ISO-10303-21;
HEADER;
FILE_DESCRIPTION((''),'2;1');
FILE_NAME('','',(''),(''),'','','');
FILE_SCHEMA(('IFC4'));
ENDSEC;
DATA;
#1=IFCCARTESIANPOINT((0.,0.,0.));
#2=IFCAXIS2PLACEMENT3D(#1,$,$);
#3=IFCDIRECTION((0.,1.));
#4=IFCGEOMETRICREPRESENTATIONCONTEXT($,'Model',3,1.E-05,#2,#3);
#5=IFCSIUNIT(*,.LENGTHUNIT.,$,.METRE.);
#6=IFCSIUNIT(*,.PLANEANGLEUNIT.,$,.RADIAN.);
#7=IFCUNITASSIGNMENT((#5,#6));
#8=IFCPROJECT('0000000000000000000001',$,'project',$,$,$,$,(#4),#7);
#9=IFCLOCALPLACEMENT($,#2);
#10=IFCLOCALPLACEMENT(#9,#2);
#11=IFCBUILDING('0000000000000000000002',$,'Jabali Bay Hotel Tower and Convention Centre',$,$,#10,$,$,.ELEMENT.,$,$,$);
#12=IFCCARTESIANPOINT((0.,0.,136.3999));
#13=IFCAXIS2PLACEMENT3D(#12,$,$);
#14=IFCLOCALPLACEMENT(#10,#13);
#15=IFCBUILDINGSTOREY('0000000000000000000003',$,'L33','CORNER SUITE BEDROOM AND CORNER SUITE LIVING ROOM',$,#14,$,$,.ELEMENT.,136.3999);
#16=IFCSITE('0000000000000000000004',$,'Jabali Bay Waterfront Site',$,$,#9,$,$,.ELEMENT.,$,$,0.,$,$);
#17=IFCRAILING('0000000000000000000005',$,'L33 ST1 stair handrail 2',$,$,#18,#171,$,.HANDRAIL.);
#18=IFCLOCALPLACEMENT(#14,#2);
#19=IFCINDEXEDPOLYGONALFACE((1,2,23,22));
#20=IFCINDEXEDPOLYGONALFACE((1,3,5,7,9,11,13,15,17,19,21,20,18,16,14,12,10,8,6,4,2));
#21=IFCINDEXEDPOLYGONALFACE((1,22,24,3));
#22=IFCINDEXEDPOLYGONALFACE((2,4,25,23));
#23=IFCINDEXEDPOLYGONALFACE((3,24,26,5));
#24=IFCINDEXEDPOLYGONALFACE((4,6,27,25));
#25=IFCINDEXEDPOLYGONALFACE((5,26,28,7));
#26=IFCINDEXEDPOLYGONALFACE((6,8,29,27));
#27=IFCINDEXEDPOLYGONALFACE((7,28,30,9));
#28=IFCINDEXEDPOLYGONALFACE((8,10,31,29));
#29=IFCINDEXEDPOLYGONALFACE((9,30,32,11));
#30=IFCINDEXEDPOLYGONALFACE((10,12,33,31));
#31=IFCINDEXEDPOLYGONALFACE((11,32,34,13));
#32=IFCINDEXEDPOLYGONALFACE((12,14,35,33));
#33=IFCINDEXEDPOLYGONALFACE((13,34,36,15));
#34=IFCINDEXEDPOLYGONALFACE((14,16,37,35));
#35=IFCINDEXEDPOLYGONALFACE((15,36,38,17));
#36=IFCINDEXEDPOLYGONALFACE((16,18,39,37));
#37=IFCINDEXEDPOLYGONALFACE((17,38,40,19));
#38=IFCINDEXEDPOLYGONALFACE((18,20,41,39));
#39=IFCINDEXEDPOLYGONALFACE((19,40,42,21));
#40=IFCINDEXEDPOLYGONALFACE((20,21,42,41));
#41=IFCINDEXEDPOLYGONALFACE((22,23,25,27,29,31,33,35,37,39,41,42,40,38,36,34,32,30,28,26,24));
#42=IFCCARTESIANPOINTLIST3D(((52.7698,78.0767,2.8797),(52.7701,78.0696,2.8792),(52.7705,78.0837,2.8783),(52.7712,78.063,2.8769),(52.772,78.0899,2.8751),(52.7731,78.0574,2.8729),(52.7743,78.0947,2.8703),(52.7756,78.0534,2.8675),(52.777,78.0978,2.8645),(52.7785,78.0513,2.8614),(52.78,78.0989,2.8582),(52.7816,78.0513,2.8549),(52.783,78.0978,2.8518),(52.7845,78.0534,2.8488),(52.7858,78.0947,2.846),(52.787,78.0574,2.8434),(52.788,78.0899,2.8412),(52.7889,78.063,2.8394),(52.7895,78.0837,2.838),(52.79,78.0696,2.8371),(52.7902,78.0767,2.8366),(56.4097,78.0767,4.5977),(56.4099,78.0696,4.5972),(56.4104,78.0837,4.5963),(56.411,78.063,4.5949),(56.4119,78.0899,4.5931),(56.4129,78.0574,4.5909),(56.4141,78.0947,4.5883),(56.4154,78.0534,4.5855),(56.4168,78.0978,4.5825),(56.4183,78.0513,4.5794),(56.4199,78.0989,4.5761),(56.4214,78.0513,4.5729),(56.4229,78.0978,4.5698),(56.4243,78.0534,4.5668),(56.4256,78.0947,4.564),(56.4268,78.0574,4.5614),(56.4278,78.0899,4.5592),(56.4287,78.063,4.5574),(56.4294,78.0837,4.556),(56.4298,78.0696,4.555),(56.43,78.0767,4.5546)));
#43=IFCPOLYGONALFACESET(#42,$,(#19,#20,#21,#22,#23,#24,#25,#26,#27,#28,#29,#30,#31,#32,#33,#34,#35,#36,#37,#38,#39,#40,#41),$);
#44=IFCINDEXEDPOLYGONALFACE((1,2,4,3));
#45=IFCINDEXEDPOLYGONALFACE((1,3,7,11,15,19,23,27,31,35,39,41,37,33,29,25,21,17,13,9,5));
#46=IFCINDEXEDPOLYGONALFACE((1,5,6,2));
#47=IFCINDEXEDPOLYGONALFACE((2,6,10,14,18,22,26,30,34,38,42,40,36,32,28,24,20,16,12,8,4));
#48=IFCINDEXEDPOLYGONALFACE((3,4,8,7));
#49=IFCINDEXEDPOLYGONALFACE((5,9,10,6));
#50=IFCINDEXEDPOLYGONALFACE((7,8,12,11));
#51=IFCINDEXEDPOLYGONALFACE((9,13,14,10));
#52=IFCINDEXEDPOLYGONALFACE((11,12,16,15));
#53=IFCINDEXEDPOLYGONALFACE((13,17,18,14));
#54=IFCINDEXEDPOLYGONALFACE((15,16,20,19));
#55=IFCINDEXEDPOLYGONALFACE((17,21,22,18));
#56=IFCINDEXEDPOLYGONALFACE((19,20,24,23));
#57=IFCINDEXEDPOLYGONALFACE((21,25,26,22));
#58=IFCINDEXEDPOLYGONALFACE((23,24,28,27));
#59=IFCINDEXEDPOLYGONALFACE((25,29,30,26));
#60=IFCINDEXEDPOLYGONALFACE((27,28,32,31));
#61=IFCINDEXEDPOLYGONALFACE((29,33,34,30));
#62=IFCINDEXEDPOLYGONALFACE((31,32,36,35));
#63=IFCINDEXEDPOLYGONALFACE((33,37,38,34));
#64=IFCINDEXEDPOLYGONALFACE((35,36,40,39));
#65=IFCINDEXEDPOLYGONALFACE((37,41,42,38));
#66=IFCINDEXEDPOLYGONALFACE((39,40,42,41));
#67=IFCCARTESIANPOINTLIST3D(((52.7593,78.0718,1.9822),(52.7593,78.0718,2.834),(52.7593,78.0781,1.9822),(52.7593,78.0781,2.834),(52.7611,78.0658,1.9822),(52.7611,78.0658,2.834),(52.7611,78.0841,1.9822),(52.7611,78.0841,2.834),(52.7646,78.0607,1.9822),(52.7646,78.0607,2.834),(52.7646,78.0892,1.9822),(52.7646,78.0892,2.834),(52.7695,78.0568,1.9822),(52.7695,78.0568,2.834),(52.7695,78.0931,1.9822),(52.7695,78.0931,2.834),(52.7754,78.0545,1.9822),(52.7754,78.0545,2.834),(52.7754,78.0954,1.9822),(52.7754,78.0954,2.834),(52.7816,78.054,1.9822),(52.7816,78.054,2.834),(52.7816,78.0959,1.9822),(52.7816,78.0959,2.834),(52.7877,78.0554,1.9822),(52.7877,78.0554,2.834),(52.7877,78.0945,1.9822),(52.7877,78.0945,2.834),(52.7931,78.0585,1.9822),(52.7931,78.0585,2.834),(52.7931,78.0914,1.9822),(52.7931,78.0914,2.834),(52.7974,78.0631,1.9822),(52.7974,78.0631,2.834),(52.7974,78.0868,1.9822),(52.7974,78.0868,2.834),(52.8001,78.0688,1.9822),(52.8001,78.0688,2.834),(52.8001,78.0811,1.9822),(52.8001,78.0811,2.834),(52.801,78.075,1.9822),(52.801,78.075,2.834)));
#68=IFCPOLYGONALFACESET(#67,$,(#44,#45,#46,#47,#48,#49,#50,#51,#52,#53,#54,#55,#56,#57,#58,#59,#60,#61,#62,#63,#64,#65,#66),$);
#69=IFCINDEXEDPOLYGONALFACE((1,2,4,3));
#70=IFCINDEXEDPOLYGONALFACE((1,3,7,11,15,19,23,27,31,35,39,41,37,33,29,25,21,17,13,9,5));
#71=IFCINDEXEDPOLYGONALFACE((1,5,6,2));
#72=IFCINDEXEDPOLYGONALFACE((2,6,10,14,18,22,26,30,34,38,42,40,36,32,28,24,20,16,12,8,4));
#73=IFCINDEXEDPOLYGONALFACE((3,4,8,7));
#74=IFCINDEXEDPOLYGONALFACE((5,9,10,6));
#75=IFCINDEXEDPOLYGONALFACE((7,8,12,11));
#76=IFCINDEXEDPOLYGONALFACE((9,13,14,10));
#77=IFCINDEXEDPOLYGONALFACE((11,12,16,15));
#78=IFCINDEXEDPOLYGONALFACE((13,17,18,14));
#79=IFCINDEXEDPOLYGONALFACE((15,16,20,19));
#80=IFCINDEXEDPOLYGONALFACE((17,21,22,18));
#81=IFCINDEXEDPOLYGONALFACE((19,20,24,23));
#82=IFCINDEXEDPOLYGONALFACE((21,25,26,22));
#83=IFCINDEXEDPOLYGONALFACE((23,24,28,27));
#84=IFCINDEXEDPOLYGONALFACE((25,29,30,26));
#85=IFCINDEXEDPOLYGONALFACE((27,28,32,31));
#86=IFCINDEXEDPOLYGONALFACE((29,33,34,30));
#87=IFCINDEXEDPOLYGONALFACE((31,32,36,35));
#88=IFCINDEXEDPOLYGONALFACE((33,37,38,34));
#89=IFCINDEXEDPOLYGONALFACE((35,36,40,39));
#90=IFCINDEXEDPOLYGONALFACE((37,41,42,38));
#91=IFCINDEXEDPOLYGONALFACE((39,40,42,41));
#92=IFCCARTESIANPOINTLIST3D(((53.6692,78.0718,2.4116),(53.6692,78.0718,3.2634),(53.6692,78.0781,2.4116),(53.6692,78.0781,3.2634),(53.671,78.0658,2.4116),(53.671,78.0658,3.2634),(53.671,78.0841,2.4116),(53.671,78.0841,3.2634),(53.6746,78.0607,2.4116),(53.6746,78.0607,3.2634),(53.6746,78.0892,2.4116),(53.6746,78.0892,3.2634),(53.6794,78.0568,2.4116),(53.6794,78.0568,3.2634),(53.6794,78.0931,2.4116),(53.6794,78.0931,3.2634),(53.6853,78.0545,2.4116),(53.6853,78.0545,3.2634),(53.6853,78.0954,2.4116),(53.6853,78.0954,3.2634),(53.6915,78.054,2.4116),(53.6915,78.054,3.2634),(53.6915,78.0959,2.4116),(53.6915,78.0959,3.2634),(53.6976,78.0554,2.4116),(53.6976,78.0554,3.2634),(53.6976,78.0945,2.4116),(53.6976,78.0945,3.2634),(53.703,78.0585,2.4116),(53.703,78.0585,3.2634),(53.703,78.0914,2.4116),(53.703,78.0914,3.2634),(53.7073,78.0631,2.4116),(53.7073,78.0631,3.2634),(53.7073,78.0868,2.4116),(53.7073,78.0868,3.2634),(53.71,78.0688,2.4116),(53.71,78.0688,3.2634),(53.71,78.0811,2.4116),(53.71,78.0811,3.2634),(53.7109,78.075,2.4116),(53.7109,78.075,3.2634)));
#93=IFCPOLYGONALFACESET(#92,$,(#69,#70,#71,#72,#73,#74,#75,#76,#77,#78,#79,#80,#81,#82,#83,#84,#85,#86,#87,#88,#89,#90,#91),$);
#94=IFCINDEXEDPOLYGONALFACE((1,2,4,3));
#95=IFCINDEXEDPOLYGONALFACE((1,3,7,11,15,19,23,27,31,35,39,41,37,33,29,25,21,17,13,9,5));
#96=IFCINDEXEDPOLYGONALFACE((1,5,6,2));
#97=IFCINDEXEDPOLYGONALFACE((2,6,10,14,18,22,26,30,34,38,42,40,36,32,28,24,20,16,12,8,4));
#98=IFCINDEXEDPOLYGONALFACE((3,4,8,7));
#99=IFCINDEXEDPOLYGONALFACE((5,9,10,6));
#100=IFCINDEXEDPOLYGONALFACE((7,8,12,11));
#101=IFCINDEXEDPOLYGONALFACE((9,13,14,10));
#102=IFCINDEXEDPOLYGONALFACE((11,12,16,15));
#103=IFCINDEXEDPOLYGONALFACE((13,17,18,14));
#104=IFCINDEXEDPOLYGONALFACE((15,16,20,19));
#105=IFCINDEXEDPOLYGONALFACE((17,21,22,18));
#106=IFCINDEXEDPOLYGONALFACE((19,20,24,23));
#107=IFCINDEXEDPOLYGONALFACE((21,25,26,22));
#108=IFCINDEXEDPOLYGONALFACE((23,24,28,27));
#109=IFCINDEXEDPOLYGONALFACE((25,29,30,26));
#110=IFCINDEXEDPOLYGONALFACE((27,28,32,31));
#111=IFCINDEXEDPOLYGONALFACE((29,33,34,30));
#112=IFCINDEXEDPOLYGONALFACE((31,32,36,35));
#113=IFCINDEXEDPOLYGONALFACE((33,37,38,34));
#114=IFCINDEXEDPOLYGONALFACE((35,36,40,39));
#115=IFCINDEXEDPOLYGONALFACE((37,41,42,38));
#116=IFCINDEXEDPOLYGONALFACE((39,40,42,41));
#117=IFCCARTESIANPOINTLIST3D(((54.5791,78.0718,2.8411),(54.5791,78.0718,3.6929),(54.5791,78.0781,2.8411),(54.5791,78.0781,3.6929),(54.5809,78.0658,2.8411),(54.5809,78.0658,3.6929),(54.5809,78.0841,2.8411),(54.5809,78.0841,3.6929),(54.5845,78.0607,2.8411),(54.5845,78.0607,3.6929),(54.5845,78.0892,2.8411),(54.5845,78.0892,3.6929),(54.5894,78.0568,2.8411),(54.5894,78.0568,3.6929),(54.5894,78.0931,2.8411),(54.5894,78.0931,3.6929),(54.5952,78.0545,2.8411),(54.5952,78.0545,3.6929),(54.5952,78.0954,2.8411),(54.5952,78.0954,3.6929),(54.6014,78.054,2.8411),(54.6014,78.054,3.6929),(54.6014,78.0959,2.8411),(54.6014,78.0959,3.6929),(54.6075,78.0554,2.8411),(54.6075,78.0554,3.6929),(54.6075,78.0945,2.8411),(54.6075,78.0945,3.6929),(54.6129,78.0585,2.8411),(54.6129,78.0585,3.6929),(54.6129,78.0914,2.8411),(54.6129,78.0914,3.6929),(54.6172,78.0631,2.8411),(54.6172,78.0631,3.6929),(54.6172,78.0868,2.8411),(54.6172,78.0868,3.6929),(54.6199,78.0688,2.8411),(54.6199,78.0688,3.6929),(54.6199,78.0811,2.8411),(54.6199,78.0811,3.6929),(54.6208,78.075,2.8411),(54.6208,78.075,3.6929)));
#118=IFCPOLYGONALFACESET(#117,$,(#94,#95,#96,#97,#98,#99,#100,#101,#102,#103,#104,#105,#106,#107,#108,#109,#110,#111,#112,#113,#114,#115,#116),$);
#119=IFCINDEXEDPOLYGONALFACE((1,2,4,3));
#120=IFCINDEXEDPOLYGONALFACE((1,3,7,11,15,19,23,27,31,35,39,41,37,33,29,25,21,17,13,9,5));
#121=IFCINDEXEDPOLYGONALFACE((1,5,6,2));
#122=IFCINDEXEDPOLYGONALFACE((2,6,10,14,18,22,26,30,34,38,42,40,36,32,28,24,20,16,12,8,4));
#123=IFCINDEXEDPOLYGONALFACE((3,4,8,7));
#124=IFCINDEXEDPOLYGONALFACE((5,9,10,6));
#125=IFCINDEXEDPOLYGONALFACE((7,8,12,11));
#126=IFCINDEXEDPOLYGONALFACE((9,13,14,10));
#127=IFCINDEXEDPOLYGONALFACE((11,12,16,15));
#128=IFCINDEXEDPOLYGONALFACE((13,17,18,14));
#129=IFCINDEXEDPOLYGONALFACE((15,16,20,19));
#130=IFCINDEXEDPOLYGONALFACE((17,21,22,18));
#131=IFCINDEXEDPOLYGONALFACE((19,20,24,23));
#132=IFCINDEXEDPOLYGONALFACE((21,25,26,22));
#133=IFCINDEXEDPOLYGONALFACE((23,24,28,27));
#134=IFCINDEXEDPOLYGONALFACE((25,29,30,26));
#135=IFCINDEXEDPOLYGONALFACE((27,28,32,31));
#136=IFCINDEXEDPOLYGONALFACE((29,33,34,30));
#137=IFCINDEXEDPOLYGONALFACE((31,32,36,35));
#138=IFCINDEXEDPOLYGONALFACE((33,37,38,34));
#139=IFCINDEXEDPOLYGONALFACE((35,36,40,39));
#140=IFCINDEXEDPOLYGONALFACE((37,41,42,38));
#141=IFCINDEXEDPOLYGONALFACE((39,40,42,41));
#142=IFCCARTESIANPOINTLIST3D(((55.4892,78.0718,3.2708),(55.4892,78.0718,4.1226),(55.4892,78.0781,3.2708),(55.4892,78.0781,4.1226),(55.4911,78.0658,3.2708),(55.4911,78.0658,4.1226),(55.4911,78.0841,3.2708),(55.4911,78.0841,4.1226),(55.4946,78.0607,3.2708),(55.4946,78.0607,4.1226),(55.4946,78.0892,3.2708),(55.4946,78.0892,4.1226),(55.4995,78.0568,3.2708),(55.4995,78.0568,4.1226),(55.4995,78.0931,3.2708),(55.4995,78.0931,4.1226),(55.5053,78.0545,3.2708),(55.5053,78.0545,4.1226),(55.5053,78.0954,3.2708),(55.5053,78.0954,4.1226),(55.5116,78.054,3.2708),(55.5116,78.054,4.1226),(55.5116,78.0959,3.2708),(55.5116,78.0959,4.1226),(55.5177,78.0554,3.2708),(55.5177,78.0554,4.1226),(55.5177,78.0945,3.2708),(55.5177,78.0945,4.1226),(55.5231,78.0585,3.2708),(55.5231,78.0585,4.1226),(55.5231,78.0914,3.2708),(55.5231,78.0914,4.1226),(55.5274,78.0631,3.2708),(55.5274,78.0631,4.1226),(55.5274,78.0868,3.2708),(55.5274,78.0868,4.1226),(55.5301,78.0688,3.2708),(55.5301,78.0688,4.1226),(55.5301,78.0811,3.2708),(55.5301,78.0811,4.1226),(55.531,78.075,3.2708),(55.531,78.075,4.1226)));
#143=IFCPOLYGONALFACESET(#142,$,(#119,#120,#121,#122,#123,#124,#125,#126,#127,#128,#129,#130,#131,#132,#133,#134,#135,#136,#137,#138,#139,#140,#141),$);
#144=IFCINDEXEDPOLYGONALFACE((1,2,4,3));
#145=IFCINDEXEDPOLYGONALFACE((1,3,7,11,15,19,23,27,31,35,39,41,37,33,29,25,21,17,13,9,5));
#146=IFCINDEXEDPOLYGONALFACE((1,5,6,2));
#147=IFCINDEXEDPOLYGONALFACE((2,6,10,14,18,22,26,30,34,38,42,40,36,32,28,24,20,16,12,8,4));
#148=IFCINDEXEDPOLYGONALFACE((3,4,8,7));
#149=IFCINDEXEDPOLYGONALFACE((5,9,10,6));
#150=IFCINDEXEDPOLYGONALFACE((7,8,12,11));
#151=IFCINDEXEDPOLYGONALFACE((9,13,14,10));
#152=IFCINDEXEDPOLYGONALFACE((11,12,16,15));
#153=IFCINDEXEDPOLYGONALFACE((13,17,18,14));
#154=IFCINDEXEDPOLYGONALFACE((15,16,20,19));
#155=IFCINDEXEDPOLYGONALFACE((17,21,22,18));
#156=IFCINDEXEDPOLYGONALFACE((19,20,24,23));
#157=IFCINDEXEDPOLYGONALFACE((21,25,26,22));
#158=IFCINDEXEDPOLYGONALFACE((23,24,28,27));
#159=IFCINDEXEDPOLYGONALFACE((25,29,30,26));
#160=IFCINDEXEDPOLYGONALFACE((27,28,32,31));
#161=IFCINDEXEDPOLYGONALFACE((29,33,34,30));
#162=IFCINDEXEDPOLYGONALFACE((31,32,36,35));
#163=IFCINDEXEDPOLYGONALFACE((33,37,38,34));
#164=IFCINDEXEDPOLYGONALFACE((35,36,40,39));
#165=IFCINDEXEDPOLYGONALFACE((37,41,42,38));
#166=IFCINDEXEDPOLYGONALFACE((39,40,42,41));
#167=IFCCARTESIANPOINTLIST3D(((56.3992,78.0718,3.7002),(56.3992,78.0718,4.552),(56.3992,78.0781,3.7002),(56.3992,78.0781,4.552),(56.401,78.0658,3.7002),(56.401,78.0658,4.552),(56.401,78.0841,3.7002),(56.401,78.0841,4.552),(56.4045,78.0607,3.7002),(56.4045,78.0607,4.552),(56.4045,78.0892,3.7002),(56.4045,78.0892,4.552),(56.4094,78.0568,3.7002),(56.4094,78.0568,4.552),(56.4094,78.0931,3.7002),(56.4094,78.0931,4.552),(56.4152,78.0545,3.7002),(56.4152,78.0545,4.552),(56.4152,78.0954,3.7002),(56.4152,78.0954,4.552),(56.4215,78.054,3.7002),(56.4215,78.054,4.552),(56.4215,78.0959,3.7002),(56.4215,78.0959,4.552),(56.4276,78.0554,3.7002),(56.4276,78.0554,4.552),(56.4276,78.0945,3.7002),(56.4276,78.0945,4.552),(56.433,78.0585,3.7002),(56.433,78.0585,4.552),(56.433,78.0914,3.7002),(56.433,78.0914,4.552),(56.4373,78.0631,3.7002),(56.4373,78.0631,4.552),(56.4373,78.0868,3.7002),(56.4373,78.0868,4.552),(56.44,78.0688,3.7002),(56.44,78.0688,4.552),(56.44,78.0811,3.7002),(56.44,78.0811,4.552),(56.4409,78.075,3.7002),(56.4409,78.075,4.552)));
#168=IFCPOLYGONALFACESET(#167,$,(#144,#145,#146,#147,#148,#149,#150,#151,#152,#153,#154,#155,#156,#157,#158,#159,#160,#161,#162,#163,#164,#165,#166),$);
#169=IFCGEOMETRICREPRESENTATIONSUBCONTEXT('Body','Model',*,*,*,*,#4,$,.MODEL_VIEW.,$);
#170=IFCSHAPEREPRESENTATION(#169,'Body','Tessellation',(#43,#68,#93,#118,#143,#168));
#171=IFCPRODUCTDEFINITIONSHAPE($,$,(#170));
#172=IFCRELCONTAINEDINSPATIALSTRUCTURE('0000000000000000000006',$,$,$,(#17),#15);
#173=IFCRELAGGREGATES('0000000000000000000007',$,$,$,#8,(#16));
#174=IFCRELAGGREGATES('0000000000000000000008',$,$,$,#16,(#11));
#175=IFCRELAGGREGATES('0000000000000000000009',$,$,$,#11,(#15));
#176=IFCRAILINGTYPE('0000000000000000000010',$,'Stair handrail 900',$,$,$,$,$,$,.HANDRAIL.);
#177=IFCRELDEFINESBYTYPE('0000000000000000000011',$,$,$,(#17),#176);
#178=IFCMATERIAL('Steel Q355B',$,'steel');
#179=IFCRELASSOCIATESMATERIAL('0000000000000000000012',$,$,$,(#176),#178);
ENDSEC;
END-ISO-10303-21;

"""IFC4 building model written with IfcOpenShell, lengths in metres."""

from ifc_helpers import new_model, si_unit, direction, frame, origin, origin_2d, place, context, subcontext, project, spatial, circle, extrude, material, type_object, element, save


model = new_model("IFC4")

# Units and contexts
model_context = context("Model", 3, precision=1e-05, world=origin(), true_north=direction((0.0, 1.0)))
body_context = subcontext(model_context, "Body", "Model", "MODEL_VIEW")
ifc_project = project(units=[si_unit("LENGTHUNIT", "METRE"), si_unit("PLANEANGLEUNIT", "RADIAN")], contexts=[model_context])

# Site, building, storey
site_placement = place(None, origin())
site = spatial("IfcSite", under=ifc_project, at=site_placement, Name="Jabali Bay Waterfront Site", CompositionType="ELEMENT", RefElevation=0.0)
building_placement = place(site_placement, origin())
building = spatial("IfcBuilding", under=site, at=building_placement, Name="Jabali Bay Hotel Tower and Convention Centre", CompositionType="ELEMENT")
storey_placement = place(building_placement, frame((0.0, 0.0, 136.3999)))
storey = spatial("IfcBuildingStorey", under=building, at=storey_placement, Name="L33", Description="CORNER SUITE BEDROOM AND CORNER SUITE LIVING ROOM", CompositionType="ELEMENT", Elevation=136.3999)

# Railing
ifc_material_1 = material(Name="Steel Q355B", Category="steel")
railing_type = type_object("IfcRailingType", Name="Stair handrail 900", PredefinedType="HANDRAIL", material=ifc_material_1)
railing_placement = place(storey_placement, frame((52.78, 78.075, 1.9822)))
element("IfcRailing", 1, at=railing_placement, inside=storey, type_object=railing_type, Name="L33 ST1 stair handrail 2", PredefinedType="HANDRAIL", context=body_context, shape_type="SweptSolid", body=[
    extrude(circle(Radius=0.0239, at=origin_2d()), frame((0.0, 0.0, 0.876), z_axis=(0.904327, 0.0, 0.42684), x_axis=(0.0, 1.0, 0.0)), (0.0, 0.0, 1.0), 4.0249),
    extrude(circle(Radius=0.021, at=origin_2d()), origin(), (0.0, 0.0, 1.0), 0.8518),
    extrude(circle(Radius=0.021, at=origin_2d()), frame((0.9099, 0.0, 0.4294)), (0.0, 0.0, 1.0), 0.8518),
    extrude(circle(Radius=0.021, at=origin_2d()), frame((1.8198, 0.0, 0.8589)), (0.0, 0.0, 1.0), 0.8518),
    extrude(circle(Radius=0.021, at=origin_2d()), frame((2.73, 0.0, 1.2886)), (0.0, 0.0, 1.0), 0.8518),
    extrude(circle(Radius=0.021, at=origin_2d()), frame((3.6399, 0.0, 1.718)), (0.0, 0.0, 1.0), 0.8518),
])

save(model, "model.ifc")
